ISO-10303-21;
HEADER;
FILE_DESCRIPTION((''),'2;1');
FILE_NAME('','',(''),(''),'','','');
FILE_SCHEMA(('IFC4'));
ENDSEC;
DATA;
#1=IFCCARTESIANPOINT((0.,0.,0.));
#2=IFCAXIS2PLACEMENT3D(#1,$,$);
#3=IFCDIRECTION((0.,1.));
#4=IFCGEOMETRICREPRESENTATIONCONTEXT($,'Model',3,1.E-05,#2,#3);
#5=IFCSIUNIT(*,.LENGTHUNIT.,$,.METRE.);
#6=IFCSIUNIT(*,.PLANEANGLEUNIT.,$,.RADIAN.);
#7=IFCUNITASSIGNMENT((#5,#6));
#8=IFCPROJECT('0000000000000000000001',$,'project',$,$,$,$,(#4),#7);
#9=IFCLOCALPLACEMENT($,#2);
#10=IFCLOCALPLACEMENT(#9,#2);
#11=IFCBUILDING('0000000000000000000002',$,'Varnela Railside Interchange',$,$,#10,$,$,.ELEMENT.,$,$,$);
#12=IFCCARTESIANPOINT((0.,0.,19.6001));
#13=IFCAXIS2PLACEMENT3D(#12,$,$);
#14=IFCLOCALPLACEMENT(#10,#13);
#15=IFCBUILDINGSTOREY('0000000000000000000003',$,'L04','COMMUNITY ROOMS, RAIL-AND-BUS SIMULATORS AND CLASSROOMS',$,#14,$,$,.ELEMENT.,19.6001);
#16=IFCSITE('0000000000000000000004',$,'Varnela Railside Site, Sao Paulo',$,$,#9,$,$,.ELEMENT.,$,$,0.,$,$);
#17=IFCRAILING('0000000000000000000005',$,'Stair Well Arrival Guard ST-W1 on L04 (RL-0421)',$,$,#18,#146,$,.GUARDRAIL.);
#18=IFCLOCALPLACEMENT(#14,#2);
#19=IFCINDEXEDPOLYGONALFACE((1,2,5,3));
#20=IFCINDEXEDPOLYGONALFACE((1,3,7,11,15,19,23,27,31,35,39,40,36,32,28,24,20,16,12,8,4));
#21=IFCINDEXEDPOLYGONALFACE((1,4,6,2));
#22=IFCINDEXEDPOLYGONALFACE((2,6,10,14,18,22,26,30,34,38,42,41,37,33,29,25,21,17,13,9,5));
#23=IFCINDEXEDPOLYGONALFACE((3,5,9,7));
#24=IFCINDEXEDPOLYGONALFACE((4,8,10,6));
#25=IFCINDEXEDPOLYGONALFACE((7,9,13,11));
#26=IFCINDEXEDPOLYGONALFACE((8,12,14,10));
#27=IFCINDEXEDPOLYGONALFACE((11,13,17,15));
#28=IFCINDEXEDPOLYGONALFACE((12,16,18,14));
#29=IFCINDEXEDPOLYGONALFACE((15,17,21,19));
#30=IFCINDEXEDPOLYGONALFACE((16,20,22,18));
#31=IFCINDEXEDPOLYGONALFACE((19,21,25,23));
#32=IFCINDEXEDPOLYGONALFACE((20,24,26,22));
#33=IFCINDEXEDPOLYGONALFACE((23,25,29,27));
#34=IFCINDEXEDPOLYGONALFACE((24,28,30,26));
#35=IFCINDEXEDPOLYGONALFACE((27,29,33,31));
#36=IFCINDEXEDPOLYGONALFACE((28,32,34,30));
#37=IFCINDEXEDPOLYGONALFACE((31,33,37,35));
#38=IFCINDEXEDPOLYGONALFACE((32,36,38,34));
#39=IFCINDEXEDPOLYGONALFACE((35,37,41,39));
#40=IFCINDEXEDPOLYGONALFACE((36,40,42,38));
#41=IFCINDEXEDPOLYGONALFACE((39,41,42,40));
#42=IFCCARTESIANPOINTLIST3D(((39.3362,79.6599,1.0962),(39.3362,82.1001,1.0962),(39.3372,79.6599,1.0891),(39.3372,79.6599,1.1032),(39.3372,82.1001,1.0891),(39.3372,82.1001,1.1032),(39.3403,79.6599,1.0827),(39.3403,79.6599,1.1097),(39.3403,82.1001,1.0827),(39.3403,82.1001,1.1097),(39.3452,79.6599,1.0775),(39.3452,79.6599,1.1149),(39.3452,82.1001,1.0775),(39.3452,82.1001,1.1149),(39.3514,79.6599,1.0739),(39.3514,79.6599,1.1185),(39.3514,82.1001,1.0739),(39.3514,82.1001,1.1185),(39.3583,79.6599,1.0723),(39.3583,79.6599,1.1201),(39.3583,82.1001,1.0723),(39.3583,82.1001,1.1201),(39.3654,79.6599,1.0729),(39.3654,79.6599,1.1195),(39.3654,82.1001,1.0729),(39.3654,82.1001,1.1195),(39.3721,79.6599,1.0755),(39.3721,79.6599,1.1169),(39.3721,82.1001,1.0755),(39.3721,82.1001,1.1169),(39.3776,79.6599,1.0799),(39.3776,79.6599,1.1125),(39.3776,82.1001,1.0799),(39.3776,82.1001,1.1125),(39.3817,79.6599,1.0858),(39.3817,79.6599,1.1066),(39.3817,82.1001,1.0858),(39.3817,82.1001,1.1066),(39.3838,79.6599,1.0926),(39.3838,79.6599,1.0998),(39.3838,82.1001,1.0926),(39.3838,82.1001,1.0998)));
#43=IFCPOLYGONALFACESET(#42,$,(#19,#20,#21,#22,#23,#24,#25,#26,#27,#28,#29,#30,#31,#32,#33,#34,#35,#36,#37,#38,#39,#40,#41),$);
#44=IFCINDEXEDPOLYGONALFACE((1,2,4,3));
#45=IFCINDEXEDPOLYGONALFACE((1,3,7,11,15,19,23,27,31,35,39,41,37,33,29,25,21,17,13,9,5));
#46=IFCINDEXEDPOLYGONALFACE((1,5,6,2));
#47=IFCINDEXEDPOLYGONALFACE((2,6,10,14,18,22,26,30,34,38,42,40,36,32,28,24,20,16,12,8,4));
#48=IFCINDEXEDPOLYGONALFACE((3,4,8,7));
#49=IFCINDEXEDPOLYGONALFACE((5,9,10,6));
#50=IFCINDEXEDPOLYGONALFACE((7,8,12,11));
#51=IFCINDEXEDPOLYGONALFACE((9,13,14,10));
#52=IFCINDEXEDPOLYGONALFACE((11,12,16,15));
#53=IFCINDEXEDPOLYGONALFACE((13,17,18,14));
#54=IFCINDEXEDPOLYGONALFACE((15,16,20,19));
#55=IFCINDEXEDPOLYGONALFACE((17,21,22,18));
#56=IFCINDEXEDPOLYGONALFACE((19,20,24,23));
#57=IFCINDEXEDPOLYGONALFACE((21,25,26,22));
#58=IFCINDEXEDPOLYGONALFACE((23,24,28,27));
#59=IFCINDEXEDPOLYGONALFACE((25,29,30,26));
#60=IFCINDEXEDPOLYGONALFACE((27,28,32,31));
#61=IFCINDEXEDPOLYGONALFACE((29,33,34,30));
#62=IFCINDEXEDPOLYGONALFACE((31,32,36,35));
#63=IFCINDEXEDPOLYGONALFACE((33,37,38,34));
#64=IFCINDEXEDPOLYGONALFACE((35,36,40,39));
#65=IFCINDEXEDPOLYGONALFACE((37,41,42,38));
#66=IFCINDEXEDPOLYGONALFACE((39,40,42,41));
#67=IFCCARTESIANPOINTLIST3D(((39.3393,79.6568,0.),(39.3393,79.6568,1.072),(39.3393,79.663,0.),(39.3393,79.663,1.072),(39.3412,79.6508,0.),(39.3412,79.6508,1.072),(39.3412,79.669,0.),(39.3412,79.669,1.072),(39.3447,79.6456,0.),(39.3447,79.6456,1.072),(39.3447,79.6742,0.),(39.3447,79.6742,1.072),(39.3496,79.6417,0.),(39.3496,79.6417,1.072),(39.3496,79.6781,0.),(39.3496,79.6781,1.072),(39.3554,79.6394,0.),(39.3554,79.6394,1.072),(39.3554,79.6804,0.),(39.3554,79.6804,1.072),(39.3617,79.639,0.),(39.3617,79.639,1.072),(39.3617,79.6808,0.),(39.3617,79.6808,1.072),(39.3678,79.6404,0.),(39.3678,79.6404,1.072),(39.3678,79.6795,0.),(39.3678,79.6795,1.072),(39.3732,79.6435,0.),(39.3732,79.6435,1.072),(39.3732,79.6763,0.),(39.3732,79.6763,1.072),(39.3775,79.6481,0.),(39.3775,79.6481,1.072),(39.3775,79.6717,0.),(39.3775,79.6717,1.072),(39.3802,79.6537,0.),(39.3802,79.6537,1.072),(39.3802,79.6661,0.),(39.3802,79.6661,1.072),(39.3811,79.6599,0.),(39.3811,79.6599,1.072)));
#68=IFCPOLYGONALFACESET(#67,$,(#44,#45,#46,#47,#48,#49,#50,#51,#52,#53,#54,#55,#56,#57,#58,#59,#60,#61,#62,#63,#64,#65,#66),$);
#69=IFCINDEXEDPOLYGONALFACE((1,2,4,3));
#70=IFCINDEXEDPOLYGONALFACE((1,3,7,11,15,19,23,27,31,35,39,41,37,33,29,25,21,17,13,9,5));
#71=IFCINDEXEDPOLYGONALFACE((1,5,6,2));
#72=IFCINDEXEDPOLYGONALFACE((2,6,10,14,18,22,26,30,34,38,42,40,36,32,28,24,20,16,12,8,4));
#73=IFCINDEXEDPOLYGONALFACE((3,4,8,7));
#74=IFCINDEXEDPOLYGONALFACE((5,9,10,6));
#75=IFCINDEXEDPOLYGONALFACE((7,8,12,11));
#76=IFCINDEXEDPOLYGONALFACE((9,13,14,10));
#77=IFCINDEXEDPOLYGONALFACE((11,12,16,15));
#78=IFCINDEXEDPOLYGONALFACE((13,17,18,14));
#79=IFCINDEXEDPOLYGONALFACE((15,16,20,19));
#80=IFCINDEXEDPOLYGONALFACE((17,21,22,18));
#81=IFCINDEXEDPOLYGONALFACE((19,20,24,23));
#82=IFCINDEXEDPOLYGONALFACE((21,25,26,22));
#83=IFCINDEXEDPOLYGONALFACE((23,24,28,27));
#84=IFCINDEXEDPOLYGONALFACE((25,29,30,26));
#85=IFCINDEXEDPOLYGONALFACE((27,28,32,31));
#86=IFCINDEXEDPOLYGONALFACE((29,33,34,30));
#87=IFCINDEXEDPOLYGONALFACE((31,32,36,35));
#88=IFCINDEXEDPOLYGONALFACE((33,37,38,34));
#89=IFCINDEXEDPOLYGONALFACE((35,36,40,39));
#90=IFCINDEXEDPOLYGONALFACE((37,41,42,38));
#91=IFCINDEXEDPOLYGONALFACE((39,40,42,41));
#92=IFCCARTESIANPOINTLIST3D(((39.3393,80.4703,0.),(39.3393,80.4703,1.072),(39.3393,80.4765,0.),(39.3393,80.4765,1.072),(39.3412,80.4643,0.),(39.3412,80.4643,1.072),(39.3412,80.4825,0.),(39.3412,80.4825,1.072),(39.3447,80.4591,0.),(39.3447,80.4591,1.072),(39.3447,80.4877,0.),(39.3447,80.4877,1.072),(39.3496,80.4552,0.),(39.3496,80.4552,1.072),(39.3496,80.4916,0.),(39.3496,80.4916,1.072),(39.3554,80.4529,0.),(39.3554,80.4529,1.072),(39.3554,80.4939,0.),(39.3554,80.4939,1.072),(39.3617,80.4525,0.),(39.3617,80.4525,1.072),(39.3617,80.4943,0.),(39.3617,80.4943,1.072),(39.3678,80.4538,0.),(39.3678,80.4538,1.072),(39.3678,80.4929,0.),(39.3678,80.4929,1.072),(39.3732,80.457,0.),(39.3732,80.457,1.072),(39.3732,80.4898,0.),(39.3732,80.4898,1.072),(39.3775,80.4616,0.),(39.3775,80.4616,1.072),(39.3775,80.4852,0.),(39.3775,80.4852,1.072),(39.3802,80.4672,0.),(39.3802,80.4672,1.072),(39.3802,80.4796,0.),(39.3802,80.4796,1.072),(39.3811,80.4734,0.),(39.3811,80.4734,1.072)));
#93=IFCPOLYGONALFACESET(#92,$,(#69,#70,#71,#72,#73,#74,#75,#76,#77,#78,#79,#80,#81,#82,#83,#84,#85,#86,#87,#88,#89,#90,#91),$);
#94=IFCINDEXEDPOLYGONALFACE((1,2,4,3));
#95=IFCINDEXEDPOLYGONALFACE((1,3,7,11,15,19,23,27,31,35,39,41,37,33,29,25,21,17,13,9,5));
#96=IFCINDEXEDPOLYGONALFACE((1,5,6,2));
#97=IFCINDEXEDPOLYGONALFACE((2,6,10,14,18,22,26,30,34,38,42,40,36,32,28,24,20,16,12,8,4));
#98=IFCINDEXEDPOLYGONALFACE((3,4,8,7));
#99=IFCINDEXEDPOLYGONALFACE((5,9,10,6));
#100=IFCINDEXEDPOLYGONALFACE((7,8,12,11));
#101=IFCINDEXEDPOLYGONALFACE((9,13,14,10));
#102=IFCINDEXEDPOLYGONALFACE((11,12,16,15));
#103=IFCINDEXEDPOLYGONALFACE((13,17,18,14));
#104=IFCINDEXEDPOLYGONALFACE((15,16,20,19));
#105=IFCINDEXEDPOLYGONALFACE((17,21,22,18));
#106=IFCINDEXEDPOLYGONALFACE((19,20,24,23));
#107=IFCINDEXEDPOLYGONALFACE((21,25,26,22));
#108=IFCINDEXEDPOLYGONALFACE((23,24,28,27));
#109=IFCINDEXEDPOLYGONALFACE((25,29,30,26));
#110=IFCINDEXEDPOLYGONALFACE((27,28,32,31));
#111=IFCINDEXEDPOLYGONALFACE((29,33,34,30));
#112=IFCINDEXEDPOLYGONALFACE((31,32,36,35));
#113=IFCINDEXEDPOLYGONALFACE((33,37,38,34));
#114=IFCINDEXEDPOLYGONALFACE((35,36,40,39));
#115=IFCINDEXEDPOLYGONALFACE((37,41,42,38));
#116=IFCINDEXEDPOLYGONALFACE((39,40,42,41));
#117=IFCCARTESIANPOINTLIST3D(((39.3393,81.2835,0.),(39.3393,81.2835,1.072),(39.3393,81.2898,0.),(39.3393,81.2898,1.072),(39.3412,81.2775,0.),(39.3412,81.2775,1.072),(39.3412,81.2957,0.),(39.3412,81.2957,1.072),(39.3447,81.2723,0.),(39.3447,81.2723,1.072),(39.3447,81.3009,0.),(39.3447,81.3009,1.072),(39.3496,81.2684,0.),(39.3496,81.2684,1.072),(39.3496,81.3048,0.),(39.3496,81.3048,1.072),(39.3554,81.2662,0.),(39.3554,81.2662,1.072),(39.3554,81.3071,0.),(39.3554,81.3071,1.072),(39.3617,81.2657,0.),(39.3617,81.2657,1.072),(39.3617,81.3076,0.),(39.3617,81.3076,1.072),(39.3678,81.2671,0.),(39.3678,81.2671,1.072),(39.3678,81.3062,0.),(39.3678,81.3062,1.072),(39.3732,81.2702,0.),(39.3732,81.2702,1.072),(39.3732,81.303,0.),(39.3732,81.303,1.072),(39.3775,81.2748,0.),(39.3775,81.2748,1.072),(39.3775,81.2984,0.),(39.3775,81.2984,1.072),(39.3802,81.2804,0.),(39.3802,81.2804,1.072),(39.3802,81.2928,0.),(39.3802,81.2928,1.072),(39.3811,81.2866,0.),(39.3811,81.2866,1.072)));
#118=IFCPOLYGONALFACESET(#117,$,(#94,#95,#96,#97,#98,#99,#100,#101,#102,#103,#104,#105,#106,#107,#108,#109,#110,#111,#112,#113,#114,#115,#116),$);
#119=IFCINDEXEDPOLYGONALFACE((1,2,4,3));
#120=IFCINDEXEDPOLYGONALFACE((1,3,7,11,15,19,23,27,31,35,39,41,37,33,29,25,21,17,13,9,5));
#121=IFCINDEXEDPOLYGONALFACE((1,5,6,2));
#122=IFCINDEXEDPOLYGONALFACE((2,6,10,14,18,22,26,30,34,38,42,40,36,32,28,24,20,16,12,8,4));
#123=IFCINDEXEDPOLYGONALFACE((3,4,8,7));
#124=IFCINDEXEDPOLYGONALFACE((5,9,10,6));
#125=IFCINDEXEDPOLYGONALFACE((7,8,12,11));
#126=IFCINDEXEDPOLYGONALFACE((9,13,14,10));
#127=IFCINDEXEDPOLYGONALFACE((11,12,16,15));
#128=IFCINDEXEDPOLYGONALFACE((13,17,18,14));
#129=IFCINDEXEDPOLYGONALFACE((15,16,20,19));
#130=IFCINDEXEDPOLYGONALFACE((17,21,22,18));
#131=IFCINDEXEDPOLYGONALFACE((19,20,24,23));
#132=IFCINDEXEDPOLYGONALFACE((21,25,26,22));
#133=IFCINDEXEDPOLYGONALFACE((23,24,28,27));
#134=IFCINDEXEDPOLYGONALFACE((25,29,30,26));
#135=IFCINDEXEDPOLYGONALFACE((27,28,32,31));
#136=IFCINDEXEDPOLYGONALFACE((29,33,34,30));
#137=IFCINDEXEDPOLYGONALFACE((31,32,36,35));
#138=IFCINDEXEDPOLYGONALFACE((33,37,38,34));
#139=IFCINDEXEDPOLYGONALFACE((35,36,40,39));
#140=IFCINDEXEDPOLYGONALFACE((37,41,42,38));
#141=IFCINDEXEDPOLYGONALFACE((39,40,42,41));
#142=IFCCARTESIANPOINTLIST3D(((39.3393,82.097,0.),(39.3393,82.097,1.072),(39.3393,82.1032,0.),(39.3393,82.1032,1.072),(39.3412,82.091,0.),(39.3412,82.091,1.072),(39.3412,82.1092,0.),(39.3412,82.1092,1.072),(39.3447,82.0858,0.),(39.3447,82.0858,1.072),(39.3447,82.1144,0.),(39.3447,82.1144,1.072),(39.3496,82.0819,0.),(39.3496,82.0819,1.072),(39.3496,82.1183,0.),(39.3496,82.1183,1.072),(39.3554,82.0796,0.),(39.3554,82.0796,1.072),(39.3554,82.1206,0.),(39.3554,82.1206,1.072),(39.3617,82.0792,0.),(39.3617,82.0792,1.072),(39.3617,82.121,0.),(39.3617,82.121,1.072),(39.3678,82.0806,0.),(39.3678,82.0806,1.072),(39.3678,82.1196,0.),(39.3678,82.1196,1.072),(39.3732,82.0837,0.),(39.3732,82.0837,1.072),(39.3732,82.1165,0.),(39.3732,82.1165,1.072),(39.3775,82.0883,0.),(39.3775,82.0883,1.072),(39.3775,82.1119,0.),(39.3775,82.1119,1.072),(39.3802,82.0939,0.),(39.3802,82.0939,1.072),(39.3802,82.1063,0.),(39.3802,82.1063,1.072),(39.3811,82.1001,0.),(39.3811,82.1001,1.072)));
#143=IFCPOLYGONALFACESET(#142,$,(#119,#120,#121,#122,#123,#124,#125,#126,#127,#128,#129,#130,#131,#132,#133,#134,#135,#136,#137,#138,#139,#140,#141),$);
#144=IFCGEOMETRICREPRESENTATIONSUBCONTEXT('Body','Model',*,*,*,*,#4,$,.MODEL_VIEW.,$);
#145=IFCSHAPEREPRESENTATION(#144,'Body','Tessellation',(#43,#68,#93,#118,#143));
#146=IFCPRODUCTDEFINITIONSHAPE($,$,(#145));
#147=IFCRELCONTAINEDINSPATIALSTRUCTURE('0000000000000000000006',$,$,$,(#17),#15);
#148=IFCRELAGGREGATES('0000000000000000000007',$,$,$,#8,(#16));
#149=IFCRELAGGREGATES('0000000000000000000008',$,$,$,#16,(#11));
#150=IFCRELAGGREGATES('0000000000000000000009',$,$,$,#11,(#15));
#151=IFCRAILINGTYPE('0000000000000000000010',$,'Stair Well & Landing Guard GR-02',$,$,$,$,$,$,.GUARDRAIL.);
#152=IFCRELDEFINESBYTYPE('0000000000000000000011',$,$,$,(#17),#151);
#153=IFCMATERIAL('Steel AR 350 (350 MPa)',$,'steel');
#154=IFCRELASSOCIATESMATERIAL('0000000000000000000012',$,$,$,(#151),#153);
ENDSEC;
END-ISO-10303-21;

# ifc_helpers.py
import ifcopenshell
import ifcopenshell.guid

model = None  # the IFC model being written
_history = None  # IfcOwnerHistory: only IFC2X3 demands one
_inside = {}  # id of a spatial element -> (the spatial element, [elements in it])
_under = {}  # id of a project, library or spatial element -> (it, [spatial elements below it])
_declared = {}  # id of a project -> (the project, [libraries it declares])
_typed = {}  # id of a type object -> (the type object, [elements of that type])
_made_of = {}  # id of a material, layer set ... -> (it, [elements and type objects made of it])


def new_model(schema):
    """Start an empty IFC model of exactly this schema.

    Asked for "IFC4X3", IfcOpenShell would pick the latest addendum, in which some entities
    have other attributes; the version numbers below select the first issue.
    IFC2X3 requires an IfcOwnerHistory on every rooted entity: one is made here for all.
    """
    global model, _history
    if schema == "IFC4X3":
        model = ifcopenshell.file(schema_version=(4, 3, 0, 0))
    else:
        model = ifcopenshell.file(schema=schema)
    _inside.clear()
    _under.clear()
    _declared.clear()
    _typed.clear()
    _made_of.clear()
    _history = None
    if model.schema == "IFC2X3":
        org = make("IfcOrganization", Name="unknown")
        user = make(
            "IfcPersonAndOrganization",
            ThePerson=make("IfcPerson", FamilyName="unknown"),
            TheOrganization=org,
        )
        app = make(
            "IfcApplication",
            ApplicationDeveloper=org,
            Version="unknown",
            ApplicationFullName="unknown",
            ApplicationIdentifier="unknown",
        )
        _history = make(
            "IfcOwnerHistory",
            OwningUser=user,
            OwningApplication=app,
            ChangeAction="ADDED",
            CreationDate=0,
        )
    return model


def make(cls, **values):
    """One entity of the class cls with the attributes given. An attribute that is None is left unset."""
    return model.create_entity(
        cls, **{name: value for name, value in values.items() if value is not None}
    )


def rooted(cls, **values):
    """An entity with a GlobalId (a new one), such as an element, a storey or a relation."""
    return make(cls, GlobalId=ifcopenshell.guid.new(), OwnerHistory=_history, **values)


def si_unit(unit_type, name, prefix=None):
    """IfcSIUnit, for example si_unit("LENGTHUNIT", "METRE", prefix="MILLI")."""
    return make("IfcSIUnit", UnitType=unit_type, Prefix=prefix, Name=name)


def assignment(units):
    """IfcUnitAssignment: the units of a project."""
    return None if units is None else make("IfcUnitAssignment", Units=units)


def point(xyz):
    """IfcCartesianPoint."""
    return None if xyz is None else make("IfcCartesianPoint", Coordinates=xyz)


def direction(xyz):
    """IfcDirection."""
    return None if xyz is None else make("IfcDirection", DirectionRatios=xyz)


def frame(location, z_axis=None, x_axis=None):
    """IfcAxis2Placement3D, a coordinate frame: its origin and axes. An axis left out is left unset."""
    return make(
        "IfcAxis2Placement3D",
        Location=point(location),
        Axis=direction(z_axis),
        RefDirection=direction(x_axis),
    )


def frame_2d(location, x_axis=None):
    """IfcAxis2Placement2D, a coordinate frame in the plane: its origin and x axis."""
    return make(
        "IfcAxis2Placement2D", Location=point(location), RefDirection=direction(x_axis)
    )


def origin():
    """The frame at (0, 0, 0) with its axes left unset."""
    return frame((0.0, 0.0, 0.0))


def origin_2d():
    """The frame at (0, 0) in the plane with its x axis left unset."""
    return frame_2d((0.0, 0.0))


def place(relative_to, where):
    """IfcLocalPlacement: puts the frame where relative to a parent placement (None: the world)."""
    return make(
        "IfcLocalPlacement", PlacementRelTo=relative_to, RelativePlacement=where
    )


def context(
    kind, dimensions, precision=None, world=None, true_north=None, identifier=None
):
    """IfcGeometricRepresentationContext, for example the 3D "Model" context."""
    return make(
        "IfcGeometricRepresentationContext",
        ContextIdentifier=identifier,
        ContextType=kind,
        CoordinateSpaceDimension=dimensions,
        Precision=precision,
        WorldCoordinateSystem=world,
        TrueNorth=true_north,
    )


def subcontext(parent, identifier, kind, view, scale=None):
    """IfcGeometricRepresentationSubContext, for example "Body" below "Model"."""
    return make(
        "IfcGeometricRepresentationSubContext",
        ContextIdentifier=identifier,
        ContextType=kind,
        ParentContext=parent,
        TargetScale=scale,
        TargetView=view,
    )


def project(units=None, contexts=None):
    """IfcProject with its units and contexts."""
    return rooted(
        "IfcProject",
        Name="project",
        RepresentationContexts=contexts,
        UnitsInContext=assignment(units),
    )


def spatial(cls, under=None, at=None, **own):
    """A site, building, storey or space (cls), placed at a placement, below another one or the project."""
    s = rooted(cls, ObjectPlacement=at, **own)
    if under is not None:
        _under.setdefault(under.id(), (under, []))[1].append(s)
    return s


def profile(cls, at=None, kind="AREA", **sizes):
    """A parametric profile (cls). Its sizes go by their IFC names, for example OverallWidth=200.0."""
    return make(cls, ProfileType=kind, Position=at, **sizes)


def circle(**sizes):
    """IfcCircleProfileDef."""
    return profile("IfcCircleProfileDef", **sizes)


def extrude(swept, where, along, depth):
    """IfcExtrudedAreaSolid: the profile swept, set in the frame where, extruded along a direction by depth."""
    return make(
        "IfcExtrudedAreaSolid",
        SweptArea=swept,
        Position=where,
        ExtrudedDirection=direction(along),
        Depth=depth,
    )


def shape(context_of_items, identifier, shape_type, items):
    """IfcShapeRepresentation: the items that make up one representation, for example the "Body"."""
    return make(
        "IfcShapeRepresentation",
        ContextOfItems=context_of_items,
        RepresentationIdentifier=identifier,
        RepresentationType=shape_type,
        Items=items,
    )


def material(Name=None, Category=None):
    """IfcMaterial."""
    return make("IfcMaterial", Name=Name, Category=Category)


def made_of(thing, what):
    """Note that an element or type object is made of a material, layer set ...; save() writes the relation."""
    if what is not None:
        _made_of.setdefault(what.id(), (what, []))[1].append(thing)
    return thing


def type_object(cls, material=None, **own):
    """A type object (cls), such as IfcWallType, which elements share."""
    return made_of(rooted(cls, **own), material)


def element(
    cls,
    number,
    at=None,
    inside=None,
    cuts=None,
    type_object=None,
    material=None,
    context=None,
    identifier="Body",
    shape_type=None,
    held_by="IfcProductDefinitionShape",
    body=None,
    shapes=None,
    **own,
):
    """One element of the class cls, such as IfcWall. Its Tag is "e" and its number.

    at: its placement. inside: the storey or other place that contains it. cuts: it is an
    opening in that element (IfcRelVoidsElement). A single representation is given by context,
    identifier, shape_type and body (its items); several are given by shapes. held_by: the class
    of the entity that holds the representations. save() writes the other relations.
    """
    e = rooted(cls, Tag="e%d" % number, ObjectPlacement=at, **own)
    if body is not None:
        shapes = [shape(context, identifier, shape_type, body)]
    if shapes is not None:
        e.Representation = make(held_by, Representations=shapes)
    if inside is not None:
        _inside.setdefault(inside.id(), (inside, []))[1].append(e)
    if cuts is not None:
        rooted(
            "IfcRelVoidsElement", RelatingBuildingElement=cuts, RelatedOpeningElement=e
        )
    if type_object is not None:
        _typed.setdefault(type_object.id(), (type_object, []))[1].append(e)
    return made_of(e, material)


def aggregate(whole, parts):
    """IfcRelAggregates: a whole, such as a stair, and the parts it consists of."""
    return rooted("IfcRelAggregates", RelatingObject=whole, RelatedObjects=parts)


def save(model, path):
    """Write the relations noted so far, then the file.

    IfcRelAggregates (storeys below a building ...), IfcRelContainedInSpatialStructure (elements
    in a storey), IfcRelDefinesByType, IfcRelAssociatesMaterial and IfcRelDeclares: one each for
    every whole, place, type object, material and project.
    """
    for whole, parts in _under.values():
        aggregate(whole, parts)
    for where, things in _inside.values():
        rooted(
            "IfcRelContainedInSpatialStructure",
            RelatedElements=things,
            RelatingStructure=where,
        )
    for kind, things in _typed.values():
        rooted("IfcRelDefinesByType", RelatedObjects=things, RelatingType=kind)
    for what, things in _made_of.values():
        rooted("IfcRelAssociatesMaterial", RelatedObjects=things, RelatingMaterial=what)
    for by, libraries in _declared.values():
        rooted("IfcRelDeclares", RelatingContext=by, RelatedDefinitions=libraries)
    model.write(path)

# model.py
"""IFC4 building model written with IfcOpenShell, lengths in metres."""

from ifc_helpers import new_model, si_unit, direction, frame, origin, origin_2d, place, context, subcontext, project, spatial, circle, extrude, material, type_object, element, save


model = new_model("IFC4")

# Units and contexts
model_context = context("Model", 3, precision=1e-05, world=origin(), true_north=direction((0.0, 1.0)))
body_context = subcontext(model_context, "Body", "Model", "MODEL_VIEW")
ifc_project = project(units=[si_unit("LENGTHUNIT", "METRE"), si_unit("PLANEANGLEUNIT", "RADIAN")], contexts=[model_context])

# Site, building, storey
site_placement = place(None, origin())
site = spatial("IfcSite", under=ifc_project, at=site_placement, Name="Varnela Railside Site, Sao Paulo", CompositionType="ELEMENT", RefElevation=0.0)
building_placement = place(site_placement, origin())
building = spatial("IfcBuilding", under=site, at=building_placement, Name="Varnela Railside Interchange", CompositionType="ELEMENT")
storey_placement = place(building_placement, frame((0.0, 0.0, 19.6001)))
storey = spatial("IfcBuildingStorey", under=building, at=storey_placement, Name="L04", Description="COMMUNITY ROOMS, RAIL-AND-BUS SIMULATORS AND CLASSROOMS", CompositionType="ELEMENT", Elevation=19.6001)

# Shared definitions
ifc_material_1 = material(Name="Steel AR 350 (350 MPa)", Category="steel")

# Railing
railing_type = type_object("IfcRailingType", Name="Stair Well & Landing Guard GR-02", PredefinedType="GUARDRAIL", material=ifc_material_1)
railing_placement = place(storey_placement, frame((39.3601, 79.6599, 0.0)))
element("IfcRailing", 1, at=railing_placement, inside=storey, type_object=railing_type, Name="Stair Well Arrival Guard ST-W1 on L04 (RL-0421)", PredefinedType="GUARDRAIL", context=body_context, shape_type="SweptSolid", body=[
    extrude(circle(Radius=0.0239, at=origin_2d()), frame((0.0, 0.0, 1.0962), z_axis=(0.0, 1.0, 0.0), x_axis=(-1.0, 0.0, 0.0)), (0.0, 0.0, 1.0), 2.4402),
    extrude(circle(Radius=0.021, at=origin_2d()), origin(), (0.0, 0.0, 1.0), 1.072),
    extrude(circle(Radius=0.021, at=origin_2d()), frame((0.0, 0.8135, 0.0)), (0.0, 0.0, 1.0), 1.072),
    extrude(circle(Radius=0.021, at=origin_2d()), frame((0.0, 1.6267, 0.0)), (0.0, 0.0, 1.0), 1.072),
    extrude(circle(Radius=0.021, at=origin_2d()), frame((0.0, 2.4402, 0.0)), (0.0, 0.0, 1.0), 1.072),
])

save(model, "model.ifc")
